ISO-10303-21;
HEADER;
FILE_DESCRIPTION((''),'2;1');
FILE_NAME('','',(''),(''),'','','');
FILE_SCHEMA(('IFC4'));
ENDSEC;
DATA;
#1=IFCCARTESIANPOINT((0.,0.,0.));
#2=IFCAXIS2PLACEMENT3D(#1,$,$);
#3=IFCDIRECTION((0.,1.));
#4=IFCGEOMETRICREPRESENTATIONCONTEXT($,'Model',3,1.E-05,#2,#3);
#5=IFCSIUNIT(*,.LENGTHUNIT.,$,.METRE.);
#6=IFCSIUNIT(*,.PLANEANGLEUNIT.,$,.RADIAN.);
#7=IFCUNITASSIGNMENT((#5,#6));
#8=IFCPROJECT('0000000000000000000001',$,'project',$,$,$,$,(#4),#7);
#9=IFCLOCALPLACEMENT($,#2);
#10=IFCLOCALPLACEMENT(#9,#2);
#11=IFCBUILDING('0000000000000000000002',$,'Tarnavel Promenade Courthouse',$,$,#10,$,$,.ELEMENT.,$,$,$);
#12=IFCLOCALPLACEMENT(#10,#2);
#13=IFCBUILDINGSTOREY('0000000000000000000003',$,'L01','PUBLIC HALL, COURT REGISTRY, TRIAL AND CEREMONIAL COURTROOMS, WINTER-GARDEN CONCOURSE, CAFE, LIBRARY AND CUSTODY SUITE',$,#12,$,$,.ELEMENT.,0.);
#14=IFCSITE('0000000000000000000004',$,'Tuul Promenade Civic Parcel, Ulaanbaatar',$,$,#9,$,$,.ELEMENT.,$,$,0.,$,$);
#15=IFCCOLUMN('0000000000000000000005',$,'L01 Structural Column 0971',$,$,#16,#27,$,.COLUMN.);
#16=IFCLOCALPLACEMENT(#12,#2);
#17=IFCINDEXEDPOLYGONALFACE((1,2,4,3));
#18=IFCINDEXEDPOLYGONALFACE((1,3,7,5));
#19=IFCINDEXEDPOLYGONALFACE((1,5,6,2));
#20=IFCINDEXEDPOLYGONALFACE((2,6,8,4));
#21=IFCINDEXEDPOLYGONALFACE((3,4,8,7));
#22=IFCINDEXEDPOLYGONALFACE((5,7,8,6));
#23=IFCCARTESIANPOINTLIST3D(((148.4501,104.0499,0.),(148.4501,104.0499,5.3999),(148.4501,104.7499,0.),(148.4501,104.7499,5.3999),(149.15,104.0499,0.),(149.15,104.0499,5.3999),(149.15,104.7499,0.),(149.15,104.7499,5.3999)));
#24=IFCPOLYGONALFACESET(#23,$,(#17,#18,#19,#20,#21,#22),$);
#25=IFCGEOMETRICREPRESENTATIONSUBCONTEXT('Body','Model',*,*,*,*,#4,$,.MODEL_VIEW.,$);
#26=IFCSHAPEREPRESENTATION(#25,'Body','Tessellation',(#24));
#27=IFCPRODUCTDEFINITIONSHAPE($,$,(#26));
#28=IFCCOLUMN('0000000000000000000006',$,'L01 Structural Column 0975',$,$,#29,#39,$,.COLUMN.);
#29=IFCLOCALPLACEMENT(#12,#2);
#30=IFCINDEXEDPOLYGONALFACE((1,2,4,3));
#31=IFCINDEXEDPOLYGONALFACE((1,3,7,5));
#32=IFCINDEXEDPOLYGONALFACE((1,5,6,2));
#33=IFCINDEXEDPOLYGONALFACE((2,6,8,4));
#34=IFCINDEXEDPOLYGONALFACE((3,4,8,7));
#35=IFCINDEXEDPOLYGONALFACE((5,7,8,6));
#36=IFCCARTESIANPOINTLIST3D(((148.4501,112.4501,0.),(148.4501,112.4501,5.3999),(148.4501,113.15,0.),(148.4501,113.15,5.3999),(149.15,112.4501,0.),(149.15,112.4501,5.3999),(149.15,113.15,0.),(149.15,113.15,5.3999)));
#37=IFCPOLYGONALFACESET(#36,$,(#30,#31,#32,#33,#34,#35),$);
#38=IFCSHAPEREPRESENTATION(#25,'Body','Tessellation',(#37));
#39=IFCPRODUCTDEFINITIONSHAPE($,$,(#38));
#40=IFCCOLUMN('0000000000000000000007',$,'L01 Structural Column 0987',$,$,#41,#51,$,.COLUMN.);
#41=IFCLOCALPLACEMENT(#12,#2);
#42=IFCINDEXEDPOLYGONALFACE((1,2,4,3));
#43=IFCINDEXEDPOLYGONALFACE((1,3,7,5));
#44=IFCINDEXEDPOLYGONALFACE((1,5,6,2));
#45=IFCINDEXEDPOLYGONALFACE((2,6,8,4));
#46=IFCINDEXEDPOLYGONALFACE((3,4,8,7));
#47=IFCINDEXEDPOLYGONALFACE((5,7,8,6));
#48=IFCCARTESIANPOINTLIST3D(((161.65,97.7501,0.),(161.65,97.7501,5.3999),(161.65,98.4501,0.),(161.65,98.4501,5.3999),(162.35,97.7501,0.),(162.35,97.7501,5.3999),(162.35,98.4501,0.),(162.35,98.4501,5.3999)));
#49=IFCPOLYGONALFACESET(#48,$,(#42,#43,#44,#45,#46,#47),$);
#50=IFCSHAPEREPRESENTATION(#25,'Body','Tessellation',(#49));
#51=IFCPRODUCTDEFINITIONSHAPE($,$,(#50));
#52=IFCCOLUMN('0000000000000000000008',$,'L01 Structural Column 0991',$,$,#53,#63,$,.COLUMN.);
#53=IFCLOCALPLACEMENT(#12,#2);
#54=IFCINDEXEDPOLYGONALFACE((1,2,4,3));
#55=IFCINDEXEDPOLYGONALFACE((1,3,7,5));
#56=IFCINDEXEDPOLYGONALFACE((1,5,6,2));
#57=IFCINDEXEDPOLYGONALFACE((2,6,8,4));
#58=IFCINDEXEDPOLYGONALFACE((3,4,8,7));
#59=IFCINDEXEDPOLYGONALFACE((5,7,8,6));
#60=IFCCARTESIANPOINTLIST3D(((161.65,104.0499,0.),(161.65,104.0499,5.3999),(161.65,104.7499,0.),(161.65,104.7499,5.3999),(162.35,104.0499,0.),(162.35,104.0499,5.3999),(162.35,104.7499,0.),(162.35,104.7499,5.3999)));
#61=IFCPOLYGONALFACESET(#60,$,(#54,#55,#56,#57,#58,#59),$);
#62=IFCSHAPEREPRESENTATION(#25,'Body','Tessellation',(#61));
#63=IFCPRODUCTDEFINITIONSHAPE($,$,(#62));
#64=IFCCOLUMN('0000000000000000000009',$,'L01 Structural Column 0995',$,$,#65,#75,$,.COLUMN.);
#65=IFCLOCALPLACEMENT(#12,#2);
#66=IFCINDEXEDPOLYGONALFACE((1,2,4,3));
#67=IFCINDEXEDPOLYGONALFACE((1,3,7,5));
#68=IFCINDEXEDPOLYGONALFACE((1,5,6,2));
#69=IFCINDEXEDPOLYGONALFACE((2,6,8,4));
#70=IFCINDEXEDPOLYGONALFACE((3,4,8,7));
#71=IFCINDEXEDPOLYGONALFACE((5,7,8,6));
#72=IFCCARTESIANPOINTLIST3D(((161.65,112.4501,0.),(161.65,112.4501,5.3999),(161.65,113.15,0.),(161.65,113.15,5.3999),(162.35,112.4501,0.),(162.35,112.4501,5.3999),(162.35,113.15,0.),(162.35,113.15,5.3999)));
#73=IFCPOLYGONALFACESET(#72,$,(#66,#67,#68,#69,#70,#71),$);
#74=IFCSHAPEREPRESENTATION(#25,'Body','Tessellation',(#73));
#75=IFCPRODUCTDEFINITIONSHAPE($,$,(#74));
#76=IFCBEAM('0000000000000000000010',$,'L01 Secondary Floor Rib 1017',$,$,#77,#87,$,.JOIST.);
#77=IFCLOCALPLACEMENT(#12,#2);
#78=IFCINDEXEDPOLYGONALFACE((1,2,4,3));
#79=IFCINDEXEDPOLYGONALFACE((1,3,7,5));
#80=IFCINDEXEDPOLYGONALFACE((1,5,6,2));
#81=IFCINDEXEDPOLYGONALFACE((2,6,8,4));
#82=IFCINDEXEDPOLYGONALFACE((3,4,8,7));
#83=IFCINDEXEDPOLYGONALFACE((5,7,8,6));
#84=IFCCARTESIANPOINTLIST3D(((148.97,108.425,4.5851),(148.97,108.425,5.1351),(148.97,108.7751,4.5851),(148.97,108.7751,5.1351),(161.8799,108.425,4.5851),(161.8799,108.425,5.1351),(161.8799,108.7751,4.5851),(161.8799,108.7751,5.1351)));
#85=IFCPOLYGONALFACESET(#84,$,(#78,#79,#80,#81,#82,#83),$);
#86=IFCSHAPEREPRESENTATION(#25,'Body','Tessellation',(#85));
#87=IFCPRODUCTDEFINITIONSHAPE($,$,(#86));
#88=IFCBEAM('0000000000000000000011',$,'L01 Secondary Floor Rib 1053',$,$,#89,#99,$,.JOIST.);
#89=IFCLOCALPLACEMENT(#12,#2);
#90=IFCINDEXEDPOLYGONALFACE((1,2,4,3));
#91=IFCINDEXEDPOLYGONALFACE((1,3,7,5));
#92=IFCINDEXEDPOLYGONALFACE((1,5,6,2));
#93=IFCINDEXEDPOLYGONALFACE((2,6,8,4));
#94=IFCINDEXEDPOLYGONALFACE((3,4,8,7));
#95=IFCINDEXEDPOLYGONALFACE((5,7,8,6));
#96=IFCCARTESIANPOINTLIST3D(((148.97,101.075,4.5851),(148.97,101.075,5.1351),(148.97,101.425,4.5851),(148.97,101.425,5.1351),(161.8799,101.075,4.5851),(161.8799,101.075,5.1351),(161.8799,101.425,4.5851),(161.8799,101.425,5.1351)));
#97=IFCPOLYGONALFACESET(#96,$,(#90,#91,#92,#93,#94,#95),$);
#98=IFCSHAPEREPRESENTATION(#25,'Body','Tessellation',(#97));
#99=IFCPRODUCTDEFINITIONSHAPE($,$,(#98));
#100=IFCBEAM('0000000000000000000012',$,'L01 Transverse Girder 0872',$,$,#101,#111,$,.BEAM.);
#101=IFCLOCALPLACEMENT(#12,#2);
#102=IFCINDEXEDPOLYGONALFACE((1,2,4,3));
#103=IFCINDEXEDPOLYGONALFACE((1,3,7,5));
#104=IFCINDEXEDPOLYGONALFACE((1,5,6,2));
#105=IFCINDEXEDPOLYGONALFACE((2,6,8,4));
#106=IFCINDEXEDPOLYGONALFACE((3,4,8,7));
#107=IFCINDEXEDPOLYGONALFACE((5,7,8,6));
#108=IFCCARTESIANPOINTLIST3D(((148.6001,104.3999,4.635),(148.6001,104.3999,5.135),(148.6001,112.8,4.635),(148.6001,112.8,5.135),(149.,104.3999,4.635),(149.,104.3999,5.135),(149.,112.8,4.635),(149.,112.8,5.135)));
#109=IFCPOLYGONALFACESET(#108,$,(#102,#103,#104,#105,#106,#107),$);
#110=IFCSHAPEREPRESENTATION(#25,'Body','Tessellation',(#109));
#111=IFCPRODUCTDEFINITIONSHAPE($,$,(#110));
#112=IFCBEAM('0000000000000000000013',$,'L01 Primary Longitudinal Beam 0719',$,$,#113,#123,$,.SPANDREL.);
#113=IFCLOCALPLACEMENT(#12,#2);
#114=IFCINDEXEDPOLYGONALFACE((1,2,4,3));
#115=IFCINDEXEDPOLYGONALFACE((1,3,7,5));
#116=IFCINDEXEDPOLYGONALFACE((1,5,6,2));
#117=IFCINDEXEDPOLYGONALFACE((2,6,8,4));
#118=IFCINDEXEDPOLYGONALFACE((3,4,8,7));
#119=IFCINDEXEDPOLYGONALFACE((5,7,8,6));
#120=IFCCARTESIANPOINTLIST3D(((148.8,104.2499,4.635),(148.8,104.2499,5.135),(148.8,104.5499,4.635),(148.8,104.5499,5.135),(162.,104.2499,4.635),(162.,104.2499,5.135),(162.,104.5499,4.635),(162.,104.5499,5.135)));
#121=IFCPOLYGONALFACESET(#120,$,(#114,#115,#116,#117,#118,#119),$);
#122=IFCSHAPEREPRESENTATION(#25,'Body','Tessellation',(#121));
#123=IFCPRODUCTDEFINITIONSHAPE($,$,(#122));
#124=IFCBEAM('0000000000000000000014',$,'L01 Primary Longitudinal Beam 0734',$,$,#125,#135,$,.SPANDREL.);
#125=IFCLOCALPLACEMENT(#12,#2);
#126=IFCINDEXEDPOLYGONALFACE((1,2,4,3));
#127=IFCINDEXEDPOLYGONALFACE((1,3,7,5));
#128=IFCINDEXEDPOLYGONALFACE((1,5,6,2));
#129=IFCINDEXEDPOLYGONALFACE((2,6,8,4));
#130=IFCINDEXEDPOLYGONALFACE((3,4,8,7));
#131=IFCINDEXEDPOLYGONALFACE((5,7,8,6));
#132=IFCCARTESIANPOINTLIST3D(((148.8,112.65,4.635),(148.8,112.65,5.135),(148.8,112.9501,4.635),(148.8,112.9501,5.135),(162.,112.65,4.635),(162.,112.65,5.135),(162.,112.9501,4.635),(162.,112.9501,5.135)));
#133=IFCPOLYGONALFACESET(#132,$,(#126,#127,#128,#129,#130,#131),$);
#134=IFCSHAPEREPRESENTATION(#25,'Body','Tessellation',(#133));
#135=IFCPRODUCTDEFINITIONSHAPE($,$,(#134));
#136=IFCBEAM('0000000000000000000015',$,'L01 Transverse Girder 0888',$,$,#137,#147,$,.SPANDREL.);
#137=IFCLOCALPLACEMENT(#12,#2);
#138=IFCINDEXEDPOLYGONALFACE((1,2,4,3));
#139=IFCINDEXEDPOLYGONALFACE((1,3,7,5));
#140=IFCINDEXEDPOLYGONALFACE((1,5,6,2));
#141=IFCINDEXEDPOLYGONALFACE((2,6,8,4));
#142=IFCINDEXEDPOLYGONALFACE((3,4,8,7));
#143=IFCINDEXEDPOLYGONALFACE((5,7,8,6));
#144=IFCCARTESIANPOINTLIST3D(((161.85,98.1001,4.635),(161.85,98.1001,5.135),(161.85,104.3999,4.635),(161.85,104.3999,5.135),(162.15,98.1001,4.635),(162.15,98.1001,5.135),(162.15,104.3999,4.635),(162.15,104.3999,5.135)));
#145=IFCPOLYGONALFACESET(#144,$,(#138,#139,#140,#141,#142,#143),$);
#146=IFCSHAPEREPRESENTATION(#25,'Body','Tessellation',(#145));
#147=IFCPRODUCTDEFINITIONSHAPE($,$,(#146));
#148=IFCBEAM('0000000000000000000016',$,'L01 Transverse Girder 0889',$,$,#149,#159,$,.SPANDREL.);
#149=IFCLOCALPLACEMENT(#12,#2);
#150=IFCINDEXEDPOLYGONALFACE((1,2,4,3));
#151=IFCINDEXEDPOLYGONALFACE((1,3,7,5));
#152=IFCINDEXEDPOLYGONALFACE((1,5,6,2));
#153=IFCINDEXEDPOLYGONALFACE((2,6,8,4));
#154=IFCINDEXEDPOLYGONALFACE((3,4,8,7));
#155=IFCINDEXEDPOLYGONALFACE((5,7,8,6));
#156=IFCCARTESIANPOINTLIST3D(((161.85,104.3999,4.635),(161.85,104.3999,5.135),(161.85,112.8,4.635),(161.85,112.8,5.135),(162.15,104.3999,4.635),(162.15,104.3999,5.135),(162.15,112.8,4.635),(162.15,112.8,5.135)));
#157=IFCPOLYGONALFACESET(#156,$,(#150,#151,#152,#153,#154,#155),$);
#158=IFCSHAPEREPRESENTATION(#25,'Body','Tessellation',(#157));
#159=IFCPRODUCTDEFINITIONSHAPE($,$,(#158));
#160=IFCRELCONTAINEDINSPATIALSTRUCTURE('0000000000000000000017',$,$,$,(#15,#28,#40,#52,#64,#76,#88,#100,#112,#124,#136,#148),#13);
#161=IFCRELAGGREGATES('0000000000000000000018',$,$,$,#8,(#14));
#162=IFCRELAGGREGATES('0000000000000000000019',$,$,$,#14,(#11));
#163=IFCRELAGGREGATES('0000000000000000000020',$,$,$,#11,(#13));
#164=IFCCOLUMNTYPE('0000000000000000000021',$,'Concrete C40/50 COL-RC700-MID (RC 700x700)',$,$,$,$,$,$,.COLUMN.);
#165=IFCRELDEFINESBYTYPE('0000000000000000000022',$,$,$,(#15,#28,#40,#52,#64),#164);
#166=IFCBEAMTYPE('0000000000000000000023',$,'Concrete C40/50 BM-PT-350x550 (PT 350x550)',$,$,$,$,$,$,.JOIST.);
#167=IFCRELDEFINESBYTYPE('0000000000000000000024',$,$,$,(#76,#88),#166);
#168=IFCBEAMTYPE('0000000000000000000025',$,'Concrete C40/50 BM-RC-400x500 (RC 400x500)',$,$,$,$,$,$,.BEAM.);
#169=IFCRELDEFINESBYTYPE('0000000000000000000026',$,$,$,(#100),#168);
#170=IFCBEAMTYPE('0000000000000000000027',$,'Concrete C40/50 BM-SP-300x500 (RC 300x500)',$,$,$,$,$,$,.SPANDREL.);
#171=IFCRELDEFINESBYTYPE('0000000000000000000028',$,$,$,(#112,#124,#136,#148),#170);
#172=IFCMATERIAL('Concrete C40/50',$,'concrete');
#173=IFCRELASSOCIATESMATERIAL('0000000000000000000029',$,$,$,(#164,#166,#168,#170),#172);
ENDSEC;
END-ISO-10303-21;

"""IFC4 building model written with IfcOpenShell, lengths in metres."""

from ifc_helpers import new_model, si_unit, direction, frame, origin, origin_2d, place, context, subcontext, project, spatial, rectangle, extrude, material, material_profile, profile_set, type_object, element, save


model = new_model("IFC4")

# Units and contexts
model_context = context("Model", 3, precision=1e-05, world=origin(), true_north=direction((0.0, 1.0)))
body_context = subcontext(model_context, "Body", "Model", "MODEL_VIEW")
ifc_project = project(units=[si_unit("LENGTHUNIT", "METRE"), si_unit("PLANEANGLEUNIT", "RADIAN")], contexts=[model_context])

# Site, building, storey
site_placement = place(None, origin())
site = spatial("IfcSite", under=ifc_project, at=site_placement, Name="Tuul Promenade Civic Parcel, Ulaanbaatar", CompositionType="ELEMENT", RefElevation=0.0)
building_placement = place(site_placement, origin())
building = spatial("IfcBuilding", under=site, at=building_placement, Name="Tarnavel Promenade Courthouse", CompositionType="ELEMENT")
storey_placement = place(building_placement, origin())
storey = spatial("IfcBuildingStorey", under=building, at=storey_placement, Name="L01", Description="PUBLIC HALL, COURT REGISTRY, TRIAL AND CEREMONIAL COURTROOMS, WINTER-GARDEN CONCOURSE, CAFE, LIBRARY AND CUSTODY SUITE", CompositionType="ELEMENT", Elevation=0.0)

# Columns
ifc_material_1 = material(Name="Concrete C40/50", Category="concrete")
ifc_material_profile_1 = material_profile(ifc_material_1, rectangle(XDim=0.7, YDim=0.7, at=origin_2d()), Name="RC 700x700")
ifc_profile_set_1 = profile_set([ifc_material_profile_1], Name="Concrete C40/50")
column_type = type_object("IfcColumnType", Name="Concrete C40/50 COL-RC700-MID (RC 700x700)", PredefinedType="COLUMN", material=ifc_profile_set_1)
for number, where, z_axis, x_axis, name in (
    (1, (148.8, 104.3999, 0.0), (0.0, 0.0, 1.0), (1.0, 0.0, 0.0), "L01 Structural Column 0971"),
    (2, (148.8, 112.8, 0.0), (0.0, 0.0, 1.0), (1.0, 0.0, 0.0), "L01 Structural Column 0975"),
    (3, (162.0, 98.1001, 0.0), (0.0, 0.0, 1.0), (1.0, 0.0, 0.0), "L01 Structural Column 0987"),
    (4, (162.0, 104.3999, 0.0), (0.0, 0.0, 1.0), (1.0, 0.0, 0.0), "L01 Structural Column 0991"),
    (5, (162.0, 112.8, 0.0), (0.0, 0.0, 1.0), (1.0, 0.0, 0.0), "L01 Structural Column 0995"),
):
    element("IfcColumn", number, at=place(storey_placement, frame(where, z_axis=z_axis, x_axis=x_axis)), inside=storey, type_object=column_type, Name=name, PredefinedType="COLUMN", context=body_context, shape_type="SweptSolid", body=[
        extrude(rectangle(XDim=0.7, YDim=0.7, at=origin_2d()), origin(), (0.0, 0.0, 1.0), 5.3999),
    ])

# Beams
ifc_material_profile_2 = material_profile(ifc_material_1, rectangle(XDim=0.3501, YDim=0.55, at=origin_2d()), Name="PT 350x550")
ifc_profile_set_2 = profile_set([ifc_material_profile_2], Name="Concrete C40/50")
beam_type_1 = type_object("IfcBeamType", Name="Concrete C40/50 BM-PT-350x550 (PT 350x550)", PredefinedType="JOIST", material=ifc_profile_set_2)
for number, where, z_axis, x_axis, name in (
    (6, (148.97, 108.6001, 4.8601), (1.0, 0.0, 0.0), (0.0, 1.0, 0.0), "L01 Secondary Floor Rib 1017"),
    (7, (148.97, 101.25, 4.8601), (1.0, 0.0, 0.0), (0.0, 1.0, 0.0), "L01 Secondary Floor Rib 1053"),
):
    element("IfcBeam", number, at=place(storey_placement, frame(where, z_axis=z_axis, x_axis=x_axis)), inside=storey, type_object=beam_type_1, Name=name, PredefinedType="JOIST", context=body_context, shape_type="SweptSolid", body=[
        extrude(rectangle(XDim=0.3501, YDim=0.55, at=origin_2d()), origin(), (0.0, 0.0, 1.0), 12.9099),
    ])
ifc_material_profile_3 = material_profile(ifc_material_1, rectangle(XDim=0.3999, YDim=0.5, at=origin_2d()), Name="RC 400x500")
ifc_profile_set_3 = profile_set([ifc_material_profile_3], Name="Concrete C40/50")
beam_type_2 = type_object("IfcBeamType", Name="Concrete C40/50 BM-RC-400x500 (RC 400x500)", PredefinedType="BEAM", material=ifc_profile_set_3)
beam_1_placement = place(storey_placement, frame((148.8, 104.3999, 4.885), z_axis=(0.0, 1.0, 0.0), x_axis=(-1.0, 0.0, 0.0)))
element("IfcBeam", 8, at=beam_1_placement, inside=storey, type_object=beam_type_2, Name="L01 Transverse Girder 0872", PredefinedType="BEAM", context=body_context, shape_type="SweptSolid", body=[
    extrude(rectangle(XDim=0.3999, YDim=0.5, at=origin_2d()), origin(), (0.0, 0.0, 1.0), 8.4001),
])
ifc_material_profile_4 = material_profile(ifc_material_1, rectangle(XDim=0.3, YDim=0.5, at=origin_2d()), Name="RC 300x500")
ifc_profile_set_4 = profile_set([ifc_material_profile_4], Name="Concrete C40/50")
beam_type_3 = type_object("IfcBeamType", Name="Concrete C40/50 BM-SP-300x500 (RC 300x500)", PredefinedType="SPANDREL", material=ifc_profile_set_4)
for number, where, z_axis, x_axis, name in (
    (9, (148.8, 104.3999, 4.885), (1.0, 0.0, 0.0), (0.0, 1.0, 0.0), "L01 Primary Longitudinal Beam 0719"),
    (10, (148.8, 112.8, 4.885), (1.0, 0.0, 0.0), (0.0, 1.0, 0.0), "L01 Primary Longitudinal Beam 0734"),
):
    element("IfcBeam", number, at=place(storey_placement, frame(where, z_axis=z_axis, x_axis=x_axis)), inside=storey, type_object=beam_type_3, Name=name, PredefinedType="SPANDREL", context=body_context, shape_type="SweptSolid", body=[
        extrude(rectangle(XDim=0.3, YDim=0.5, at=origin_2d()), origin(), (0.0, 0.0, 1.0), 13.2),
    ])
beam_2_placement = place(storey_placement, frame((162.0, 98.1001, 4.885), z_axis=(0.0, 1.0, 0.0), x_axis=(-1.0, 0.0, 0.0)))
element("IfcBeam", 11, at=beam_2_placement, inside=storey, type_object=beam_type_3, Name="L01 Transverse Girder 0888", PredefinedType="SPANDREL", context=body_context, shape_type="SweptSolid", body=[
    extrude(rectangle(XDim=0.3, YDim=0.5, at=origin_2d()), origin(), (0.0, 0.0, 1.0), 6.2998),
])
beam_3_placement = place(storey_placement, frame((162.0, 104.3999, 4.885), z_axis=(0.0, 1.0, 0.0), x_axis=(-1.0, 0.0, 0.0)))
element("IfcBeam", 12, at=beam_3_placement, inside=storey, type_object=beam_type_3, Name="L01 Transverse Girder 0889", PredefinedType="SPANDREL", context=body_context, shape_type="SweptSolid", body=[
    extrude(rectangle(XDim=0.3, YDim=0.5, at=origin_2d()), origin(), (0.0, 0.0, 1.0), 8.4001),
])

save(model, "model.ifc")
